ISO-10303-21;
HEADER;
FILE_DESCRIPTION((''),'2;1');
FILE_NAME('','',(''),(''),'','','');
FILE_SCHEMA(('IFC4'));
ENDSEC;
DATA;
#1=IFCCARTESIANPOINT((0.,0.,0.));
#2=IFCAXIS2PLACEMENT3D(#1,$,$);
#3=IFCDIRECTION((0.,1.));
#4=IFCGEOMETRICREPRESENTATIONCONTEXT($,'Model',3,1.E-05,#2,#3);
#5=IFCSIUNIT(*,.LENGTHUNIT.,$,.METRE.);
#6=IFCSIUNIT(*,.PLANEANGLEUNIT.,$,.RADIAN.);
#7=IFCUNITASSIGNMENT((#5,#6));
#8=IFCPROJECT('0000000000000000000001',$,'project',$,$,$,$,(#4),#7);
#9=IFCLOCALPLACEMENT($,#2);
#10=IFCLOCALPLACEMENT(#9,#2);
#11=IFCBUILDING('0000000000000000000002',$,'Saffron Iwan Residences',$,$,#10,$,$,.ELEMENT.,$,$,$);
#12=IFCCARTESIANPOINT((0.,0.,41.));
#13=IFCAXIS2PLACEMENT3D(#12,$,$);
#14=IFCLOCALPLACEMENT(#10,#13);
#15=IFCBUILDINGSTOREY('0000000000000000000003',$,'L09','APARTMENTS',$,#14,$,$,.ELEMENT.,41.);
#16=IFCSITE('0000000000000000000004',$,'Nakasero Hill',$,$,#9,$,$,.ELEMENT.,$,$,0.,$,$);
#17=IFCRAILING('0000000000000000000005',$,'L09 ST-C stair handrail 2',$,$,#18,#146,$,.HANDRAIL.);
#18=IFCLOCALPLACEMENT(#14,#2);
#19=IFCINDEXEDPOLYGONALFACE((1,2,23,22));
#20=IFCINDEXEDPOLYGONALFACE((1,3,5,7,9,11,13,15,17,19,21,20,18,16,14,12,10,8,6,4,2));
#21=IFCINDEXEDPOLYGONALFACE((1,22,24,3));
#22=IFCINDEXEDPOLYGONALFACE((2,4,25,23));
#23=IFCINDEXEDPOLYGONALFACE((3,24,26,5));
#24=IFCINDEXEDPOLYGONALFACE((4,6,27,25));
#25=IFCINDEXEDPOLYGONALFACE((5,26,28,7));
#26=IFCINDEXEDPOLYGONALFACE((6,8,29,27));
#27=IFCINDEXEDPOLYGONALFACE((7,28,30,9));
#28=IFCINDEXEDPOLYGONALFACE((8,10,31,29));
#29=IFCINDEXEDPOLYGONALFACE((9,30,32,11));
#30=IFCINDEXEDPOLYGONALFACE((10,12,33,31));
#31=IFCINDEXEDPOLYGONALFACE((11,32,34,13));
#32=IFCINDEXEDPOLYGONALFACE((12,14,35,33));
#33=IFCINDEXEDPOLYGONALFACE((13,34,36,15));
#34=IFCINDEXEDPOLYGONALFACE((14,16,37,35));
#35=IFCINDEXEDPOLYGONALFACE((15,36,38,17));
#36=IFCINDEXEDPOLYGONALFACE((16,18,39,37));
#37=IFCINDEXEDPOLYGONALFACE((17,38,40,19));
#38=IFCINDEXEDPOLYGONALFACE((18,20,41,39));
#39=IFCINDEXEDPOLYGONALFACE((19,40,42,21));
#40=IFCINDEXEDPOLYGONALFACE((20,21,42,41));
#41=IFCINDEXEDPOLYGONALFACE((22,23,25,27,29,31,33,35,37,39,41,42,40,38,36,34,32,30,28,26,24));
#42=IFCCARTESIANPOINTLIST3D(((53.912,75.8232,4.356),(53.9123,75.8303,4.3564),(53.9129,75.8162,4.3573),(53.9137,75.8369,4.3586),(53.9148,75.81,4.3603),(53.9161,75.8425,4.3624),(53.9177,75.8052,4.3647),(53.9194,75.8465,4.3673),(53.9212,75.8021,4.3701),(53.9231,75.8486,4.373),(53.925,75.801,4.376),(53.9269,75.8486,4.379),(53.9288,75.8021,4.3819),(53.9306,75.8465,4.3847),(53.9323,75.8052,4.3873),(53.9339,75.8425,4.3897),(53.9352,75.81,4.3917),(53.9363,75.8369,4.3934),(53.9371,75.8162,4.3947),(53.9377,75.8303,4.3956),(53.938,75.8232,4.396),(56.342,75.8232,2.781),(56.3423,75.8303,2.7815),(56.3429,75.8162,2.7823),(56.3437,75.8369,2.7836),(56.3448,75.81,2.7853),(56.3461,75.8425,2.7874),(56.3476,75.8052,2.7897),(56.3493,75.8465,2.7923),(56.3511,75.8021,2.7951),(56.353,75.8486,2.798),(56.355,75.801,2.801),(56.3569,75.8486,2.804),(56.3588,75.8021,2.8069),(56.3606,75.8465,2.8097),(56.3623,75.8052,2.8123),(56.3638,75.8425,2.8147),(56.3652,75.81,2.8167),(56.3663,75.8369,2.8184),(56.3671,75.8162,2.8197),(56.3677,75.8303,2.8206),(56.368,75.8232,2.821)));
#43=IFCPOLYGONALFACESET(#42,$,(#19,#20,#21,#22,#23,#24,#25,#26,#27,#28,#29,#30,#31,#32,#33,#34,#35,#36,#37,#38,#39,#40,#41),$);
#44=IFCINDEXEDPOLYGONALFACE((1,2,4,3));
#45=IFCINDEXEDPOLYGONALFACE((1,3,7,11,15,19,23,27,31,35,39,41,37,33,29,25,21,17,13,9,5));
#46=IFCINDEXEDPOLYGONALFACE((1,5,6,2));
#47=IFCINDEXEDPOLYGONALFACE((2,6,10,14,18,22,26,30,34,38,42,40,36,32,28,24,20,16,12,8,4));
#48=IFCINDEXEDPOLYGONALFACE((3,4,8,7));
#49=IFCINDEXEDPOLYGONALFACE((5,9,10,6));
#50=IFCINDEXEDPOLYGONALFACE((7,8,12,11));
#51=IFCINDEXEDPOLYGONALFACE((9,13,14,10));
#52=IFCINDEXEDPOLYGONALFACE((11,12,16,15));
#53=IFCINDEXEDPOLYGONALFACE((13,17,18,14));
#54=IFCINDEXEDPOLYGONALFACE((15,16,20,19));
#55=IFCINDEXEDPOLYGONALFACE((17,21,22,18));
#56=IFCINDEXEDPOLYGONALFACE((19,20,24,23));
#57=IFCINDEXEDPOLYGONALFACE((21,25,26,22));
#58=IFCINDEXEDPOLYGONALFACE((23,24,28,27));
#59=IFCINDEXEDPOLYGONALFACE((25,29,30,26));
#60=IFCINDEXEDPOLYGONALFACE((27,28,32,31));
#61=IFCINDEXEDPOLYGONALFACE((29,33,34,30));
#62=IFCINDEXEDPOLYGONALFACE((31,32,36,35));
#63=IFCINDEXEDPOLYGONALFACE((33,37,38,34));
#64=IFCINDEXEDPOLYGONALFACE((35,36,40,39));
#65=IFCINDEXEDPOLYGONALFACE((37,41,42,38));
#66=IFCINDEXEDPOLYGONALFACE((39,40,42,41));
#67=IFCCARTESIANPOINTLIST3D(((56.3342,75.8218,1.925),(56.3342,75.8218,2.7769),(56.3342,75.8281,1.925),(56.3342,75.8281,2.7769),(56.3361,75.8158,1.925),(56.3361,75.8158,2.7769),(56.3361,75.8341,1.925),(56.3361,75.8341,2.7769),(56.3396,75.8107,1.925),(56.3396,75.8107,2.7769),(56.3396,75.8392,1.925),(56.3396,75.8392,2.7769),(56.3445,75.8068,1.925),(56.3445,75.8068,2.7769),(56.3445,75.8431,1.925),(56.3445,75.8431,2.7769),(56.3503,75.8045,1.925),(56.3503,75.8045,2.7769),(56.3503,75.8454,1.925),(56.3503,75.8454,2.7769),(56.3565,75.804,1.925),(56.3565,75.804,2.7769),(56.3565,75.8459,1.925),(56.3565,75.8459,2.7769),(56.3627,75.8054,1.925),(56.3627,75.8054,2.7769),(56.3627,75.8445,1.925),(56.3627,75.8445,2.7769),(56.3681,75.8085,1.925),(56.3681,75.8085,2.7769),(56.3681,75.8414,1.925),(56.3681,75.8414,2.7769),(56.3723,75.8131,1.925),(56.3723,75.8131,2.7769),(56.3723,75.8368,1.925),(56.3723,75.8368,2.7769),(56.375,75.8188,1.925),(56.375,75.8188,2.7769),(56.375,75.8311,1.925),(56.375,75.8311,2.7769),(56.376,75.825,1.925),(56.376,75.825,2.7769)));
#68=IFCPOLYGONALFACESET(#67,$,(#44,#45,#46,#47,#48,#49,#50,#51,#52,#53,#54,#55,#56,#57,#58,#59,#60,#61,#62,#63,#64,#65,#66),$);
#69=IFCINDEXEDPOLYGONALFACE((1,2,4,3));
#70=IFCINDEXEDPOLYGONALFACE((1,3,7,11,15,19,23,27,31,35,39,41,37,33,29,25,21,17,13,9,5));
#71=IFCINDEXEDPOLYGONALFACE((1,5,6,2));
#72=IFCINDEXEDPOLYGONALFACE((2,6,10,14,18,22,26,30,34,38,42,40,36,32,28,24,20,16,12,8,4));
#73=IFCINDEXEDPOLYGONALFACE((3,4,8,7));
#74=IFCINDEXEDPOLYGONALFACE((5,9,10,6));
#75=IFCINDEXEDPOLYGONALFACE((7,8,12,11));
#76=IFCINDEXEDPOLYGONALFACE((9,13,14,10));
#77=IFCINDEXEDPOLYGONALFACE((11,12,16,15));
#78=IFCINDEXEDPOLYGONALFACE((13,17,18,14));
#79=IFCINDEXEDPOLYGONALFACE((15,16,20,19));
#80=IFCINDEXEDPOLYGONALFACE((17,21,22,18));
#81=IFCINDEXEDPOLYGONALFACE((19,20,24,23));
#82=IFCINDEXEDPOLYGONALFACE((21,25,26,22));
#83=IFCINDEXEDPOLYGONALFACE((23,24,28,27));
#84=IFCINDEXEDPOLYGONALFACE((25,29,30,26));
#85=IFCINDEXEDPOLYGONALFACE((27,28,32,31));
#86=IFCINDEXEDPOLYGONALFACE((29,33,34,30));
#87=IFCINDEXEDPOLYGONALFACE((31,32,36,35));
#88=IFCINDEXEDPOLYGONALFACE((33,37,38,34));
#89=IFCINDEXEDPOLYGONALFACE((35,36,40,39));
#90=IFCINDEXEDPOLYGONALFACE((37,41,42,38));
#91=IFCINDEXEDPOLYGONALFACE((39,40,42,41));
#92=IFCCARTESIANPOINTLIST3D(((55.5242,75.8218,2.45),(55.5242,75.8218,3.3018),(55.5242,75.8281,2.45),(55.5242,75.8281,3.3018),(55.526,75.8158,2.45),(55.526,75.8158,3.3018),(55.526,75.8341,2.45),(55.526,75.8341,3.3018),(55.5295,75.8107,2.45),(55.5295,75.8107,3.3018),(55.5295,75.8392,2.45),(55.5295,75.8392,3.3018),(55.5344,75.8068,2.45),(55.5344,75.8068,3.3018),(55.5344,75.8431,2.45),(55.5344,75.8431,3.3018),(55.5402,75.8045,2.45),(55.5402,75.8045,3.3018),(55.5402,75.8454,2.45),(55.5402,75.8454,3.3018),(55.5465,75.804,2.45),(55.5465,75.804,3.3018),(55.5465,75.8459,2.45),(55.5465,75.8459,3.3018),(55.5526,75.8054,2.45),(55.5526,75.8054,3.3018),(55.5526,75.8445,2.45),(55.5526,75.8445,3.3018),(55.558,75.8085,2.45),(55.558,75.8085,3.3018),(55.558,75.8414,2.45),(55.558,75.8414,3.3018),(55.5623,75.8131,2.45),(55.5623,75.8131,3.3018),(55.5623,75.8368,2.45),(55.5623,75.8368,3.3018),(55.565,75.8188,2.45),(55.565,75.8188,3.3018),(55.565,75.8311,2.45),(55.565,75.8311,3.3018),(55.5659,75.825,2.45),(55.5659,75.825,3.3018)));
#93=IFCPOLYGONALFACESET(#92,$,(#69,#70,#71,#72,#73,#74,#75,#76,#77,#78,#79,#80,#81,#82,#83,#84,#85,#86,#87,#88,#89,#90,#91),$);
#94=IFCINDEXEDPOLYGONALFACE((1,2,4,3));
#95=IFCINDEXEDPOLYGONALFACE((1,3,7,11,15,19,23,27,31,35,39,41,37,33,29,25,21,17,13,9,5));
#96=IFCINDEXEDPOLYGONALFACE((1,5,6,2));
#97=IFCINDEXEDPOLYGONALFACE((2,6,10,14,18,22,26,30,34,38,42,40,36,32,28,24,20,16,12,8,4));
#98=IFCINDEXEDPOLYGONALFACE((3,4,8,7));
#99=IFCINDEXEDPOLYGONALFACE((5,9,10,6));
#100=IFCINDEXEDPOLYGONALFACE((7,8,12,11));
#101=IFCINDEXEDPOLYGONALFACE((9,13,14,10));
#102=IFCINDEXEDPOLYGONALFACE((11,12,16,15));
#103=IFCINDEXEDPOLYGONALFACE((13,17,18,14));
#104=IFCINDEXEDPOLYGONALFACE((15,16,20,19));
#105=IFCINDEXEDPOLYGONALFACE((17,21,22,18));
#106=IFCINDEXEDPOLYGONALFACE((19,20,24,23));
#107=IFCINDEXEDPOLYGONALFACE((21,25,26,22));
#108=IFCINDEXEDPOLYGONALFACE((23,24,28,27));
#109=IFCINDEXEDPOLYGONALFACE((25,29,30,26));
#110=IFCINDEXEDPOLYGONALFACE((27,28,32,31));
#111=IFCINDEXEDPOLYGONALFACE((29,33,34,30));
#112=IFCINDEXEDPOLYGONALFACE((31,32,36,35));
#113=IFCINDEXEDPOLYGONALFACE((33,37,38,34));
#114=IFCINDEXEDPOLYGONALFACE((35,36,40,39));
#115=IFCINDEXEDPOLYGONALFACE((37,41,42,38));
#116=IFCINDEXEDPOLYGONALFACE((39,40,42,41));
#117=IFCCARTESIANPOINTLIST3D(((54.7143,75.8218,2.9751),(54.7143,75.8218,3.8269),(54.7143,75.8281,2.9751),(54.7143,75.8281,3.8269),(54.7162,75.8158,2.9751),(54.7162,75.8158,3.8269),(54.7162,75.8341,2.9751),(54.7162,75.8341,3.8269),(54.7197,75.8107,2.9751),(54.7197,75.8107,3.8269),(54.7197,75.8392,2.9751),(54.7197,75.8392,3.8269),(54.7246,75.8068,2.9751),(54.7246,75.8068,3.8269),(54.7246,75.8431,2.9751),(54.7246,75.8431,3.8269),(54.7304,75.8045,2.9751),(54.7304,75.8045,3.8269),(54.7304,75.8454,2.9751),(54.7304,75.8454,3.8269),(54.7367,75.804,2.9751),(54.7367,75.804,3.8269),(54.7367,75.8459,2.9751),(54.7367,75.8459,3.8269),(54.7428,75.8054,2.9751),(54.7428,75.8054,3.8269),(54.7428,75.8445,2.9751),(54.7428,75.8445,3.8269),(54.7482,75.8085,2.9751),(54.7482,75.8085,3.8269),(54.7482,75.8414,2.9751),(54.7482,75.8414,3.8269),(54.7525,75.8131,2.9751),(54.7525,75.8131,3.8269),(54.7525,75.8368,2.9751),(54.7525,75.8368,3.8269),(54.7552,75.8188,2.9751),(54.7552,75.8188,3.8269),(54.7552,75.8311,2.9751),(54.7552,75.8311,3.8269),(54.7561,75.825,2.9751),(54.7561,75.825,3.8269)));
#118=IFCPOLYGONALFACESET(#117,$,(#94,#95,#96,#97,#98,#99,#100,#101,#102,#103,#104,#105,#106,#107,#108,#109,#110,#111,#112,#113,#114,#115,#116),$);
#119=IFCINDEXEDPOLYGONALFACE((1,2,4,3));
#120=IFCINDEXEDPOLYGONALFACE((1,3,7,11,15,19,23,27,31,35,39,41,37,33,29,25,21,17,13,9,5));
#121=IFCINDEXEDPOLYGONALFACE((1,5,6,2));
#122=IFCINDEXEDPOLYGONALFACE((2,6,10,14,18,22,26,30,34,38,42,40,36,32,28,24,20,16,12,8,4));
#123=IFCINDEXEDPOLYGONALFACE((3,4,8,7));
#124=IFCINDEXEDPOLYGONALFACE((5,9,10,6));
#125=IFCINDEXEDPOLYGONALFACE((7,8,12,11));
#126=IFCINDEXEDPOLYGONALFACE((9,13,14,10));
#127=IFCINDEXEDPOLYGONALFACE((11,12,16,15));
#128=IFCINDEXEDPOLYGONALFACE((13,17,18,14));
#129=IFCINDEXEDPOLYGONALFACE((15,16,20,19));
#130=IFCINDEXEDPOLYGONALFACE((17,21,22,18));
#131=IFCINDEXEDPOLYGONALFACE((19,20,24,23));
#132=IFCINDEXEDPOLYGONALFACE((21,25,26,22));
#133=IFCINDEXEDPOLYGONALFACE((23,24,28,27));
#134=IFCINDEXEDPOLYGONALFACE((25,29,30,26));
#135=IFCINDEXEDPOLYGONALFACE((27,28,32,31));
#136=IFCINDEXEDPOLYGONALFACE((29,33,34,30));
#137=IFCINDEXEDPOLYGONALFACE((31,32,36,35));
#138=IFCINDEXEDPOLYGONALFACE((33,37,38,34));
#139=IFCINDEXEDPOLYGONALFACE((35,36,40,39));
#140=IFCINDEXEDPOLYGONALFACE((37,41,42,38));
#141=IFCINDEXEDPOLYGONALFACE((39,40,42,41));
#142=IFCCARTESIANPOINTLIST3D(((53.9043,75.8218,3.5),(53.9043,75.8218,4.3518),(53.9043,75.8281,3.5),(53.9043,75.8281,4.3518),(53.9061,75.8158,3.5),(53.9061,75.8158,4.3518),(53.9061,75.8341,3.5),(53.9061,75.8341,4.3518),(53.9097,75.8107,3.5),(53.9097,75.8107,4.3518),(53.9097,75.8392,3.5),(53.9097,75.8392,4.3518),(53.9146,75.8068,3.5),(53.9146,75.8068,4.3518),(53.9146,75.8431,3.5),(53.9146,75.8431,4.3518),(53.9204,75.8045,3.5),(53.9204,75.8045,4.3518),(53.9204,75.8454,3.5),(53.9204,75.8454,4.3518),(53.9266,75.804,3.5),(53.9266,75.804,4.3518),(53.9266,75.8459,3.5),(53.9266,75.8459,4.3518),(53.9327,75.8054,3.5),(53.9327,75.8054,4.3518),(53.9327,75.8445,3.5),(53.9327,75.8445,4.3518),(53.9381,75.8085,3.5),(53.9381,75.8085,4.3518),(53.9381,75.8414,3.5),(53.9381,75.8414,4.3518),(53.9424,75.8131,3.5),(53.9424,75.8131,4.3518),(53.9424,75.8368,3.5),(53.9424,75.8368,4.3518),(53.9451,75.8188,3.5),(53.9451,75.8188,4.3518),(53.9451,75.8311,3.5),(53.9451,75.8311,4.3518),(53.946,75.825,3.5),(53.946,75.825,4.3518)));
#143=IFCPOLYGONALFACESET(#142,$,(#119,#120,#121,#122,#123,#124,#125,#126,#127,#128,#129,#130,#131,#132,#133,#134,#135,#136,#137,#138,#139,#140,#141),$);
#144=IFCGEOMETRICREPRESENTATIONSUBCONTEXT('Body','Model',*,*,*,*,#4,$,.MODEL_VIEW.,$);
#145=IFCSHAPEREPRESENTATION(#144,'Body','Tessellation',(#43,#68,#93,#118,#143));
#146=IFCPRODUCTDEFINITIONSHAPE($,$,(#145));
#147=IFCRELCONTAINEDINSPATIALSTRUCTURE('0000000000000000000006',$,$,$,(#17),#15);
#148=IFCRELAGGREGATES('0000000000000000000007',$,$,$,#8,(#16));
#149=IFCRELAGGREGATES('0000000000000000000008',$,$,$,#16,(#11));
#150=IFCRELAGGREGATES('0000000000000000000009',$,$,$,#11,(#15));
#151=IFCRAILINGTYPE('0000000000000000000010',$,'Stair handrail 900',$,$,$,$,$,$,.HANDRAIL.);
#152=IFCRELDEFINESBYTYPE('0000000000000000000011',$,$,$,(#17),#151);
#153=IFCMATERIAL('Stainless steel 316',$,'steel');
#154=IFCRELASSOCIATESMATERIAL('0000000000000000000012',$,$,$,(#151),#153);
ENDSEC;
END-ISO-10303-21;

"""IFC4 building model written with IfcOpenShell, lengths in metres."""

from ifc_helpers import new_model, si_unit, direction, frame, origin, origin_2d, place, context, subcontext, project, spatial, circle, extrude, material, type_object, element, save


model = new_model("IFC4")

# Units and contexts
model_context = context("Model", 3, precision=1e-05, world=origin(), true_north=direction((0.0, 1.0)))
body_context = subcontext(model_context, "Body", "Model", "MODEL_VIEW")
ifc_project = project(units=[si_unit("LENGTHUNIT", "METRE"), si_unit("PLANEANGLEUNIT", "RADIAN")], contexts=[model_context])

# Site, building, storey
site_placement = place(None, origin())
site = spatial("IfcSite", under=ifc_project, at=site_placement, Name="Nakasero Hill", CompositionType="ELEMENT", RefElevation=0.0)
building_placement = place(site_placement, origin())
building = spatial("IfcBuilding", under=site, at=building_placement, Name="Saffron Iwan Residences", CompositionType="ELEMENT")
storey_placement = place(building_placement, frame((0.0, 0.0, 41.0)))
storey = spatial("IfcBuildingStorey", under=building, at=storey_placement, Name="L09", Description="APARTMENTS", CompositionType="ELEMENT", Elevation=41.0)

# Railing
ifc_material_1 = material(Name="Stainless steel 316", Category="steel")
railing_type_1 = type_object("IfcRailingType", Name="Stair handrail 900", PredefinedType="HANDRAIL", material=ifc_material_1)
railing_1_placement = place(storey_placement, frame((56.355, 75.825, 1.925)))
element("IfcRailing", 1, at=railing_1_placement, inside=storey, type_object=railing_type_1, Name="L09 ST-C stair handrail 2", PredefinedType="HANDRAIL", context=body_context, shape_type="SweptSolid", body=[
    extrude(circle(Radius=0.0239, at=origin_2d()), frame((0.0, 0.0, 0.876), z_axis=(-0.839154, 0.0, 0.543894), x_axis=(0.0, -1.0, 0.0)), (0.0, 0.0, 1.0), 2.8958),
    extrude(circle(Radius=0.021, at=origin_2d()), origin(), (0.0, 0.0, 1.0), 0.8518),
    extrude(circle(Radius=0.021, at=origin_2d()), frame((-0.8101, 0.0, 0.5249)), (0.0, 0.0, 1.0), 0.8518),
    extrude(circle(Radius=0.021, at=origin_2d()), frame((-1.6199, 0.0, 1.05)), (0.0, 0.0, 1.0), 0.8518),
    extrude(circle(Radius=0.021, at=origin_2d()), frame((-2.4299, 0.0, 1.575)), (0.0, 0.0, 1.0), 0.8518),
])

save(model, "model.ifc")
